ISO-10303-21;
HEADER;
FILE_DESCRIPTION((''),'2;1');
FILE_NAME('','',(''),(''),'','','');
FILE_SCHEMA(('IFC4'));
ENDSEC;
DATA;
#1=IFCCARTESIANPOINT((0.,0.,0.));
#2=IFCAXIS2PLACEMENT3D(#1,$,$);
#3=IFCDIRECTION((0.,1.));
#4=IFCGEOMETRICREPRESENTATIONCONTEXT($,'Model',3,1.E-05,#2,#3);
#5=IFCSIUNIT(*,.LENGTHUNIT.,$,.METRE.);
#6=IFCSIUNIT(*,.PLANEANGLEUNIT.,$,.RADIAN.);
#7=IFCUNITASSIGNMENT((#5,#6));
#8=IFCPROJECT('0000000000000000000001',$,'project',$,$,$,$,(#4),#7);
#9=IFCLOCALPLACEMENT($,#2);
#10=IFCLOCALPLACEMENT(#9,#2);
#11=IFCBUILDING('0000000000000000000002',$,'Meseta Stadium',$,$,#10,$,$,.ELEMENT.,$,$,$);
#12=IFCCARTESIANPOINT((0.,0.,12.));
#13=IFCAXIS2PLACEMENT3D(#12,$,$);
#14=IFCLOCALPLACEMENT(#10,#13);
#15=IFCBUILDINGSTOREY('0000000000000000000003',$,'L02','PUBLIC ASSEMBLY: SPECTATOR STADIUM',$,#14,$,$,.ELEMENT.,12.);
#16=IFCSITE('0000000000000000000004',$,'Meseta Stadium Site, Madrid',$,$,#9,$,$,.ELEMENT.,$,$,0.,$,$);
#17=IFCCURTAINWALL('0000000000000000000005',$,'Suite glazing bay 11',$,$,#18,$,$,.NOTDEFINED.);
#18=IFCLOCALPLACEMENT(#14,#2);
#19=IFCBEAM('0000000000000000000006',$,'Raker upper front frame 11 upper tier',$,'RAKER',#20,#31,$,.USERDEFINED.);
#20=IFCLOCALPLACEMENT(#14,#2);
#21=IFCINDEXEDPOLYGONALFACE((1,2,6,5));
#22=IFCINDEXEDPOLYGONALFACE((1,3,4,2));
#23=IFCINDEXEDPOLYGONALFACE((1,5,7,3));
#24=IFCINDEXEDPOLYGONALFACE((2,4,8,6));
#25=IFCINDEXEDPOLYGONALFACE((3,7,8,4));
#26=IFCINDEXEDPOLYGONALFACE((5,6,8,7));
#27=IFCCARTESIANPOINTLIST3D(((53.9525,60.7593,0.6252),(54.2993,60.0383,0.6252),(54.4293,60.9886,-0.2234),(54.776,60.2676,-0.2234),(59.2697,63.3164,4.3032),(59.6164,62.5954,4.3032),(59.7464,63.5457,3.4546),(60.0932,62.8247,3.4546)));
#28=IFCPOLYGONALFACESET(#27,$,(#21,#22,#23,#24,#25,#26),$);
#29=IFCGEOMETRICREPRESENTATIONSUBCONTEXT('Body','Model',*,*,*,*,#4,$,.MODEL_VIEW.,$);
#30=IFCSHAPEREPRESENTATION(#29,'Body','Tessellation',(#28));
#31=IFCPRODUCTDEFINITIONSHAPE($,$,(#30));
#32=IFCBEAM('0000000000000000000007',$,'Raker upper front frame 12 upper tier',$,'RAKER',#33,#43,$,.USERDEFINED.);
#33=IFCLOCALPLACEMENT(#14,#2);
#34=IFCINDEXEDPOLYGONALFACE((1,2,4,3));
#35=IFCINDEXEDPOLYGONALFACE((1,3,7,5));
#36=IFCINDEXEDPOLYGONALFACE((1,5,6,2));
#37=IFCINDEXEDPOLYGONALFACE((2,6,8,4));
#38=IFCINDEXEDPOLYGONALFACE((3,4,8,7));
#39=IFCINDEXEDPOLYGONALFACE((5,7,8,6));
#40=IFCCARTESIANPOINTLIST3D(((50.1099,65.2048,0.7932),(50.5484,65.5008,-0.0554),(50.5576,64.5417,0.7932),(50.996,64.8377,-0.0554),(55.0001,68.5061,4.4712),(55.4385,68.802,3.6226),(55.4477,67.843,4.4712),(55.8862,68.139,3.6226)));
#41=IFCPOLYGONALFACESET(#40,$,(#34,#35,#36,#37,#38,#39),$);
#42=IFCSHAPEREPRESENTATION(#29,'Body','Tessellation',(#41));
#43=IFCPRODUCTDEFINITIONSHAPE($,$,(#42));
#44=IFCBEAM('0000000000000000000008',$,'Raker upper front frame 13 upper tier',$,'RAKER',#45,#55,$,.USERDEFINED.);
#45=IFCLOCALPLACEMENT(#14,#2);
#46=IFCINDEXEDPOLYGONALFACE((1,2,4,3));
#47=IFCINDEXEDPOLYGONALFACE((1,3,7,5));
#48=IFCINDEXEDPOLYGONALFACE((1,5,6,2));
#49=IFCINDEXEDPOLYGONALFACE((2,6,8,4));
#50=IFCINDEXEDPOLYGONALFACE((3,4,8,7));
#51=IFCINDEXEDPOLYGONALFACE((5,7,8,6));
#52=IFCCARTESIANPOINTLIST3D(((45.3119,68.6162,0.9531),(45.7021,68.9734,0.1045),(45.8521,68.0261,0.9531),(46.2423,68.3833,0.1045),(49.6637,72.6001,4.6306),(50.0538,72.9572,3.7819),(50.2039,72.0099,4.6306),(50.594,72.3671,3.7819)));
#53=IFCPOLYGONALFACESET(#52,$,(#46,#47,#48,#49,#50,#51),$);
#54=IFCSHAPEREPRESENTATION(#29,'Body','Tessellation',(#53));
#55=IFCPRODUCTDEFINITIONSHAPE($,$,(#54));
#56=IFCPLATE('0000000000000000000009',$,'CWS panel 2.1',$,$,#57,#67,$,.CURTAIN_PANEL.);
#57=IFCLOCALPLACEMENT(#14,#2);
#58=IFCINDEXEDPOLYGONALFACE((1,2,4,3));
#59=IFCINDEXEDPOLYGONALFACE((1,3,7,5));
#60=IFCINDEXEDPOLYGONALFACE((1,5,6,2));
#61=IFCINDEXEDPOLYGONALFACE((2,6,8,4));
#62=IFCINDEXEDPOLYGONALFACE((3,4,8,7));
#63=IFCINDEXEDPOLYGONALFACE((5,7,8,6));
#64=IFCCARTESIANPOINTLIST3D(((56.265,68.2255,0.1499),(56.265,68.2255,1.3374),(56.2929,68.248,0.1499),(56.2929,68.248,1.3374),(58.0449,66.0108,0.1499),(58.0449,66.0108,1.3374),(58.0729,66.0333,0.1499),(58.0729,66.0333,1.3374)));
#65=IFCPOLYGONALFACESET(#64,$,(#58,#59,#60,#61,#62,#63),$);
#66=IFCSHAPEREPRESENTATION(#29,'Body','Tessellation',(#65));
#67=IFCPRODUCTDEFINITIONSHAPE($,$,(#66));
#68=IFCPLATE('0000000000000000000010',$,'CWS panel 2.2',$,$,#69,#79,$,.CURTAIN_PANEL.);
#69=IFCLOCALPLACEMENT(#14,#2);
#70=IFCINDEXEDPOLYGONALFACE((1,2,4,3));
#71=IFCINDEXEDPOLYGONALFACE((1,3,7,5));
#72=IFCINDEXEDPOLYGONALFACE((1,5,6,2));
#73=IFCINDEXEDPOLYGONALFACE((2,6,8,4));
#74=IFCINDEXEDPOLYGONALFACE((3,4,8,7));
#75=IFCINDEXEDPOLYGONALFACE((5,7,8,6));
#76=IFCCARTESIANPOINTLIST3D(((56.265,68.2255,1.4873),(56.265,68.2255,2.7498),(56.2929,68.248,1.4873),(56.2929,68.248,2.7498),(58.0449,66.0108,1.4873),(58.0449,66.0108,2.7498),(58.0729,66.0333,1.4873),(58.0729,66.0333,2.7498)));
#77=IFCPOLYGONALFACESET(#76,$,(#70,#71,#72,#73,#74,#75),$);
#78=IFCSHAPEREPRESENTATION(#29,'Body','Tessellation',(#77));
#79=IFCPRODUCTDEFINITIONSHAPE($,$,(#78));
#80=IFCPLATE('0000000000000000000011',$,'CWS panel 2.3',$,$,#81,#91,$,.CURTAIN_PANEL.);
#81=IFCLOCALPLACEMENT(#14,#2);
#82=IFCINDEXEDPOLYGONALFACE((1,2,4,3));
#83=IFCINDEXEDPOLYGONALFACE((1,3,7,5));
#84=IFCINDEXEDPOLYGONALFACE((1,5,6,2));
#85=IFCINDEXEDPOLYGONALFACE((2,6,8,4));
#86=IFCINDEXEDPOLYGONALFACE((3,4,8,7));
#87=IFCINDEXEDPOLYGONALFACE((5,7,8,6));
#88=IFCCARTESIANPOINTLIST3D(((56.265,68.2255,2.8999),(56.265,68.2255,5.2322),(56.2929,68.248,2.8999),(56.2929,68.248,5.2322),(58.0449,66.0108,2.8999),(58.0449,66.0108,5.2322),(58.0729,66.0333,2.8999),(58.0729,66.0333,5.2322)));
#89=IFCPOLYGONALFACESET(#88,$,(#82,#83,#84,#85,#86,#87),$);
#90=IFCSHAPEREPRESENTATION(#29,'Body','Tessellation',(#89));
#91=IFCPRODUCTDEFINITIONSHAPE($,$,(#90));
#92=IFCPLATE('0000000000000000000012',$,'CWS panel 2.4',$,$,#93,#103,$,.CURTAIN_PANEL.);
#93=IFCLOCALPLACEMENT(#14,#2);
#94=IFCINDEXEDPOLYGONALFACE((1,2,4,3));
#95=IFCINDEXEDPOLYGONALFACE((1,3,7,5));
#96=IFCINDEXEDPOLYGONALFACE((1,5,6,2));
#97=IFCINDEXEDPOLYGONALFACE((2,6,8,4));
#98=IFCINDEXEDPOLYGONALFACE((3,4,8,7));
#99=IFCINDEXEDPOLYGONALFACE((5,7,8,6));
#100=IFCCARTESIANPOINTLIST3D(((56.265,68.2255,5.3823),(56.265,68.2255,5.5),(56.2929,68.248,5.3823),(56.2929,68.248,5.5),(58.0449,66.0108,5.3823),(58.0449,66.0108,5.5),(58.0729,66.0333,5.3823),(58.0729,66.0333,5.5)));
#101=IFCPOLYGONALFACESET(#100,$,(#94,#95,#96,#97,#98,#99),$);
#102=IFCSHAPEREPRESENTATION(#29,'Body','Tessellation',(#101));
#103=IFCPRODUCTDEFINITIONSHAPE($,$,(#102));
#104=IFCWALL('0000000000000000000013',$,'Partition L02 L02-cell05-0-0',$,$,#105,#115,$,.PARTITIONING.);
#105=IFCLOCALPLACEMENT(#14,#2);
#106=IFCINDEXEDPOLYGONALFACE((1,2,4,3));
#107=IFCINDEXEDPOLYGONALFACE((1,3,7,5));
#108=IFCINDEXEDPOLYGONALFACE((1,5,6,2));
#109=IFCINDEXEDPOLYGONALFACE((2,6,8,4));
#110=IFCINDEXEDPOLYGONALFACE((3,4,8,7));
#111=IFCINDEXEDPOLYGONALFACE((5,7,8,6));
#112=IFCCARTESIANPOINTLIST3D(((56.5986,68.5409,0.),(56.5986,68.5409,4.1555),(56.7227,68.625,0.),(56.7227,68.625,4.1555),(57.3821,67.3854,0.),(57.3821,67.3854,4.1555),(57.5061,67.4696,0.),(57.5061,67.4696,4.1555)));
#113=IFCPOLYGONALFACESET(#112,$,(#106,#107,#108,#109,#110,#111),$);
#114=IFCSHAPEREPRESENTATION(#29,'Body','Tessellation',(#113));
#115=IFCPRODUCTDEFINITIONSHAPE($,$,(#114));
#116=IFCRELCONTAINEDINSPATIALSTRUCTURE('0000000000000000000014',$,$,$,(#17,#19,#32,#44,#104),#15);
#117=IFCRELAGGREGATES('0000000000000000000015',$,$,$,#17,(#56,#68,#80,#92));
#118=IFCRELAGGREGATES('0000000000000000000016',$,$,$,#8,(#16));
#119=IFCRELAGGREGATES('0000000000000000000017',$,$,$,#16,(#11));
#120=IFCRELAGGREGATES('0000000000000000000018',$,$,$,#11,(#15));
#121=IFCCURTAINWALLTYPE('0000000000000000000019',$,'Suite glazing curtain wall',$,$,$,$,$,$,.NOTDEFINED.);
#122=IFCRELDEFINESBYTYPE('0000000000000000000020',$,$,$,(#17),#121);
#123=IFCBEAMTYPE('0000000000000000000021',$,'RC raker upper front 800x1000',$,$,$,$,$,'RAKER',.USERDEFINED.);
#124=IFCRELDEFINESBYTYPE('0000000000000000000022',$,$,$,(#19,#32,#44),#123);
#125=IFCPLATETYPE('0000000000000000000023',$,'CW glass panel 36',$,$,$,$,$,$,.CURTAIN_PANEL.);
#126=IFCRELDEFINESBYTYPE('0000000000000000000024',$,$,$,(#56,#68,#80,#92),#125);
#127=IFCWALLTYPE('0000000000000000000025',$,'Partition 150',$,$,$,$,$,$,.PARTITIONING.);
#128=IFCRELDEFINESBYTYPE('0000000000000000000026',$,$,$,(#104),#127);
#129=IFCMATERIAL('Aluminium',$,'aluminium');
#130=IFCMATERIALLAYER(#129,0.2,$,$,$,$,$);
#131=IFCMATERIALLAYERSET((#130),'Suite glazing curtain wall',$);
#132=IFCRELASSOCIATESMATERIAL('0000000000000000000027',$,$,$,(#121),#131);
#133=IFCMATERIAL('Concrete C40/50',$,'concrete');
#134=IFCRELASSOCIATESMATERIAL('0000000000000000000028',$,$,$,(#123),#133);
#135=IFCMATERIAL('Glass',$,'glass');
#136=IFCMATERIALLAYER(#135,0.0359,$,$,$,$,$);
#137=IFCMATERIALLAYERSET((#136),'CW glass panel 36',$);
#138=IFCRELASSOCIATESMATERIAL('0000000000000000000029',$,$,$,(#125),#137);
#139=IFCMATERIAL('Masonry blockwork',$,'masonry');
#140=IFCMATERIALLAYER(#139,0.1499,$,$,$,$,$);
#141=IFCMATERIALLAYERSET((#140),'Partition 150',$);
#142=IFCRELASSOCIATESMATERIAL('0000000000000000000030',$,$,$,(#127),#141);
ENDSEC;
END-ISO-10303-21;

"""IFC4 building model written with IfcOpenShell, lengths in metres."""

from ifc_helpers import new_model, si_unit, direction, frame, frame_2d, origin, origin_2d, place, context, subcontext, project, spatial, rectangle, extrude, material, layer, layer_set, material_profile, profile_set, type_object, element, aggregate, save


model = new_model("IFC4")

# Units and contexts
model_context = context("Model", 3, precision=1e-05, world=origin(), true_north=direction((0.0, 1.0)))
body_context = subcontext(model_context, "Body", "Model", "MODEL_VIEW")
ifc_project = project(units=[si_unit("LENGTHUNIT", "METRE"), si_unit("PLANEANGLEUNIT", "RADIAN")], contexts=[model_context])

# Site, building, storey
site_placement = place(None, origin())
site = spatial("IfcSite", under=ifc_project, at=site_placement, Name="Meseta Stadium Site, Madrid", CompositionType="ELEMENT", RefElevation=0.0)
building_placement = place(site_placement, origin())
building = spatial("IfcBuilding", under=site, at=building_placement, Name="Meseta Stadium", CompositionType="ELEMENT")
storey_placement = place(building_placement, frame((0.0, 0.0, 12.0)))
storey = spatial("IfcBuildingStorey", under=building, at=storey_placement, Name="L02", Description="PUBLIC ASSEMBLY: SPECTATOR STADIUM", CompositionType="ELEMENT", Elevation=12.0)

# Curtain wall
ifc_material_1 = material(Name="Aluminium", Category="aluminium")
ifc_layer_1 = layer(ifc_material_1, 0.2)
ifc_layer_set_1 = layer_set([ifc_layer_1], Name="Suite glazing curtain wall")
curtain_wall_type = type_object("IfcCurtainWallType", Name="Suite glazing curtain wall", PredefinedType="NOTDEFINED", material=ifc_layer_set_1)
curtain_wall_placement = place(storey_placement, origin())
curtain_wall = element("IfcCurtainWall", 1, at=curtain_wall_placement, inside=storey, type_object=curtain_wall_type, Name="Suite glazing bay 11", PredefinedType="NOTDEFINED")

# Beams
ifc_material_2 = material(Name="Concrete C40/50", Category="concrete")
ifc_material_profile_1 = material_profile(ifc_material_2, rectangle(XDim=0.8, YDim=1.0, at=origin_2d()), Name="RC 800x1000")
ifc_profile_set_1 = profile_set([ifc_material_profile_1], Name="Concrete C40/50")
beam_type_1 = type_object("IfcBeamType", Name="RC raker upper front 800x1000", ElementType="RAKER", PredefinedType="USERDEFINED", material=ifc_profile_set_1)
for number, where, z_axis, x_axis, name in (
    (2, (54.3643, 60.5134, 0.2009), (0.764772, 0.367796, 0.529009), (-0.433406, 0.901199, 0.0), "Raker upper front frame 11 upper tier"),
    (3, (50.553, 65.0212, 0.3689), (0.703349, 0.474822, 0.529004), (-0.559523, 0.828815, 0.0), "Raker upper front frame 12 upper tier"),
):
    element("IfcBeam", number, at=place(storey_placement, frame(where, z_axis=z_axis, x_axis=x_axis)), inside=storey, type_object=beam_type_1, Name=name, ObjectType="RAKER", PredefinedType="USERDEFINED", context=body_context, shape_type="SweptSolid", body=[
        extrude(rectangle(XDim=0.8, YDim=1.0, at=origin_2d()), origin(), (0.0, 0.0, 1.0), 6.9526),
    ])
beam_1_placement = place(storey_placement, frame((45.7771, 68.4998, 0.5288), z_axis=(0.625958, 0.573037, 0.528966), x_axis=(-0.675239, 0.737599, 0.0)))
element("IfcBeam", 4, at=beam_1_placement, inside=storey, type_object=beam_type_1, Name="Raker upper front frame 13 upper tier", ObjectType="RAKER", PredefinedType="USERDEFINED", context=body_context, shape_type="SweptSolid", body=[
    extrude(rectangle(XDim=0.8, YDim=1.0, at=origin_2d()), origin(), (0.0, 0.0, 1.0), 6.9521),
])

# Plates
ifc_material_3 = material(Name="Glass", Category="glass")
ifc_layer_2 = layer(ifc_material_3, 0.0359)
ifc_layer_set_2 = layer_set([ifc_layer_2], Name="CW glass panel 36")
plate_type = type_object("IfcPlateType", Name="CW glass panel 36", PredefinedType="CURTAIN_PANEL", material=ifc_layer_set_2)
plate_1_placement = place(storey_placement, frame((57.1689, 67.1294, 0.1499), z_axis=(0.0, 0.0, 1.0), x_axis=(-0.62646, 0.779454, 0.0)))
plate_1 = element("IfcPlate", 5, at=plate_1_placement, type_object=plate_type, Name="CWS panel 2.1", PredefinedType="CURTAIN_PANEL", context=body_context, shape_type="SweptSolid", body=[
    extrude(rectangle(XDim=2.8413, YDim=0.0359, at=origin_2d()), origin(), (0.0, 0.0, 1.0), 1.1875),
])
plate_2_placement = place(storey_placement, frame((57.1689, 67.1294, 1.4873), z_axis=(0.0, 0.0, 1.0), x_axis=(-0.62646, 0.779454, 0.0)))
plate_2 = element("IfcPlate", 6, at=plate_2_placement, type_object=plate_type, Name="CWS panel 2.2", PredefinedType="CURTAIN_PANEL", context=body_context, shape_type="SweptSolid", body=[
    extrude(rectangle(XDim=2.8413, YDim=0.0359, at=origin_2d()), origin(), (0.0, 0.0, 1.0), 1.2625),
])
plate_3_placement = place(storey_placement, frame((57.1689, 67.1294, 2.8999), z_axis=(0.0, 0.0, 1.0), x_axis=(-0.62646, 0.779454, 0.0)))
plate_3 = element("IfcPlate", 7, at=plate_3_placement, type_object=plate_type, Name="CWS panel 2.3", PredefinedType="CURTAIN_PANEL", context=body_context, shape_type="SweptSolid", body=[
    extrude(rectangle(XDim=2.8413, YDim=0.0359, at=origin_2d()), origin(), (0.0, 0.0, 1.0), 2.3323),
])
plate_4_placement = place(storey_placement, frame((57.1689, 67.1294, 5.3823), z_axis=(0.0, 0.0, 1.0), x_axis=(-0.62646, 0.779454, 0.0)))
plate_4 = element("IfcPlate", 8, at=plate_4_placement, type_object=plate_type, Name="CWS panel 2.4", PredefinedType="CURTAIN_PANEL", context=body_context, shape_type="SweptSolid", body=[
    extrude(rectangle(XDim=2.8413, YDim=0.0359, at=origin_2d()), origin(), (0.0, 0.0, 1.0), 0.1177),
])
aggregate(curtain_wall, [plate_1, plate_2, plate_3, plate_4])

# Wall
ifc_material_4 = material(Name="Masonry blockwork", Category="masonry")
ifc_layer_3 = layer(ifc_material_4, 0.1499)
ifc_layer_set_3 = layer_set([ifc_layer_3], Name="Partition 150")
wall_type = type_object("IfcWallType", Name="Partition 150", PredefinedType="PARTITIONING", material=ifc_layer_set_3)
wall_placement = place(storey_placement, frame((57.4441, 67.4275, 0.0), z_axis=(0.0, 0.0, 1.0), x_axis=(-0.561181, 0.827693, 0.0)))
element("IfcWall", 9, at=wall_placement, inside=storey, type_object=wall_type, Name="Partition L02 L02-cell05-0-0", PredefinedType="PARTITIONING", context=body_context, shape_type="SweptSolid", body=[
    extrude(rectangle(XDim=1.396, YDim=0.1499, at=frame_2d((0.698, 0.0))), origin(), (0.0, 0.0, 1.0), 4.1555),
])

save(model, "model.ifc")
